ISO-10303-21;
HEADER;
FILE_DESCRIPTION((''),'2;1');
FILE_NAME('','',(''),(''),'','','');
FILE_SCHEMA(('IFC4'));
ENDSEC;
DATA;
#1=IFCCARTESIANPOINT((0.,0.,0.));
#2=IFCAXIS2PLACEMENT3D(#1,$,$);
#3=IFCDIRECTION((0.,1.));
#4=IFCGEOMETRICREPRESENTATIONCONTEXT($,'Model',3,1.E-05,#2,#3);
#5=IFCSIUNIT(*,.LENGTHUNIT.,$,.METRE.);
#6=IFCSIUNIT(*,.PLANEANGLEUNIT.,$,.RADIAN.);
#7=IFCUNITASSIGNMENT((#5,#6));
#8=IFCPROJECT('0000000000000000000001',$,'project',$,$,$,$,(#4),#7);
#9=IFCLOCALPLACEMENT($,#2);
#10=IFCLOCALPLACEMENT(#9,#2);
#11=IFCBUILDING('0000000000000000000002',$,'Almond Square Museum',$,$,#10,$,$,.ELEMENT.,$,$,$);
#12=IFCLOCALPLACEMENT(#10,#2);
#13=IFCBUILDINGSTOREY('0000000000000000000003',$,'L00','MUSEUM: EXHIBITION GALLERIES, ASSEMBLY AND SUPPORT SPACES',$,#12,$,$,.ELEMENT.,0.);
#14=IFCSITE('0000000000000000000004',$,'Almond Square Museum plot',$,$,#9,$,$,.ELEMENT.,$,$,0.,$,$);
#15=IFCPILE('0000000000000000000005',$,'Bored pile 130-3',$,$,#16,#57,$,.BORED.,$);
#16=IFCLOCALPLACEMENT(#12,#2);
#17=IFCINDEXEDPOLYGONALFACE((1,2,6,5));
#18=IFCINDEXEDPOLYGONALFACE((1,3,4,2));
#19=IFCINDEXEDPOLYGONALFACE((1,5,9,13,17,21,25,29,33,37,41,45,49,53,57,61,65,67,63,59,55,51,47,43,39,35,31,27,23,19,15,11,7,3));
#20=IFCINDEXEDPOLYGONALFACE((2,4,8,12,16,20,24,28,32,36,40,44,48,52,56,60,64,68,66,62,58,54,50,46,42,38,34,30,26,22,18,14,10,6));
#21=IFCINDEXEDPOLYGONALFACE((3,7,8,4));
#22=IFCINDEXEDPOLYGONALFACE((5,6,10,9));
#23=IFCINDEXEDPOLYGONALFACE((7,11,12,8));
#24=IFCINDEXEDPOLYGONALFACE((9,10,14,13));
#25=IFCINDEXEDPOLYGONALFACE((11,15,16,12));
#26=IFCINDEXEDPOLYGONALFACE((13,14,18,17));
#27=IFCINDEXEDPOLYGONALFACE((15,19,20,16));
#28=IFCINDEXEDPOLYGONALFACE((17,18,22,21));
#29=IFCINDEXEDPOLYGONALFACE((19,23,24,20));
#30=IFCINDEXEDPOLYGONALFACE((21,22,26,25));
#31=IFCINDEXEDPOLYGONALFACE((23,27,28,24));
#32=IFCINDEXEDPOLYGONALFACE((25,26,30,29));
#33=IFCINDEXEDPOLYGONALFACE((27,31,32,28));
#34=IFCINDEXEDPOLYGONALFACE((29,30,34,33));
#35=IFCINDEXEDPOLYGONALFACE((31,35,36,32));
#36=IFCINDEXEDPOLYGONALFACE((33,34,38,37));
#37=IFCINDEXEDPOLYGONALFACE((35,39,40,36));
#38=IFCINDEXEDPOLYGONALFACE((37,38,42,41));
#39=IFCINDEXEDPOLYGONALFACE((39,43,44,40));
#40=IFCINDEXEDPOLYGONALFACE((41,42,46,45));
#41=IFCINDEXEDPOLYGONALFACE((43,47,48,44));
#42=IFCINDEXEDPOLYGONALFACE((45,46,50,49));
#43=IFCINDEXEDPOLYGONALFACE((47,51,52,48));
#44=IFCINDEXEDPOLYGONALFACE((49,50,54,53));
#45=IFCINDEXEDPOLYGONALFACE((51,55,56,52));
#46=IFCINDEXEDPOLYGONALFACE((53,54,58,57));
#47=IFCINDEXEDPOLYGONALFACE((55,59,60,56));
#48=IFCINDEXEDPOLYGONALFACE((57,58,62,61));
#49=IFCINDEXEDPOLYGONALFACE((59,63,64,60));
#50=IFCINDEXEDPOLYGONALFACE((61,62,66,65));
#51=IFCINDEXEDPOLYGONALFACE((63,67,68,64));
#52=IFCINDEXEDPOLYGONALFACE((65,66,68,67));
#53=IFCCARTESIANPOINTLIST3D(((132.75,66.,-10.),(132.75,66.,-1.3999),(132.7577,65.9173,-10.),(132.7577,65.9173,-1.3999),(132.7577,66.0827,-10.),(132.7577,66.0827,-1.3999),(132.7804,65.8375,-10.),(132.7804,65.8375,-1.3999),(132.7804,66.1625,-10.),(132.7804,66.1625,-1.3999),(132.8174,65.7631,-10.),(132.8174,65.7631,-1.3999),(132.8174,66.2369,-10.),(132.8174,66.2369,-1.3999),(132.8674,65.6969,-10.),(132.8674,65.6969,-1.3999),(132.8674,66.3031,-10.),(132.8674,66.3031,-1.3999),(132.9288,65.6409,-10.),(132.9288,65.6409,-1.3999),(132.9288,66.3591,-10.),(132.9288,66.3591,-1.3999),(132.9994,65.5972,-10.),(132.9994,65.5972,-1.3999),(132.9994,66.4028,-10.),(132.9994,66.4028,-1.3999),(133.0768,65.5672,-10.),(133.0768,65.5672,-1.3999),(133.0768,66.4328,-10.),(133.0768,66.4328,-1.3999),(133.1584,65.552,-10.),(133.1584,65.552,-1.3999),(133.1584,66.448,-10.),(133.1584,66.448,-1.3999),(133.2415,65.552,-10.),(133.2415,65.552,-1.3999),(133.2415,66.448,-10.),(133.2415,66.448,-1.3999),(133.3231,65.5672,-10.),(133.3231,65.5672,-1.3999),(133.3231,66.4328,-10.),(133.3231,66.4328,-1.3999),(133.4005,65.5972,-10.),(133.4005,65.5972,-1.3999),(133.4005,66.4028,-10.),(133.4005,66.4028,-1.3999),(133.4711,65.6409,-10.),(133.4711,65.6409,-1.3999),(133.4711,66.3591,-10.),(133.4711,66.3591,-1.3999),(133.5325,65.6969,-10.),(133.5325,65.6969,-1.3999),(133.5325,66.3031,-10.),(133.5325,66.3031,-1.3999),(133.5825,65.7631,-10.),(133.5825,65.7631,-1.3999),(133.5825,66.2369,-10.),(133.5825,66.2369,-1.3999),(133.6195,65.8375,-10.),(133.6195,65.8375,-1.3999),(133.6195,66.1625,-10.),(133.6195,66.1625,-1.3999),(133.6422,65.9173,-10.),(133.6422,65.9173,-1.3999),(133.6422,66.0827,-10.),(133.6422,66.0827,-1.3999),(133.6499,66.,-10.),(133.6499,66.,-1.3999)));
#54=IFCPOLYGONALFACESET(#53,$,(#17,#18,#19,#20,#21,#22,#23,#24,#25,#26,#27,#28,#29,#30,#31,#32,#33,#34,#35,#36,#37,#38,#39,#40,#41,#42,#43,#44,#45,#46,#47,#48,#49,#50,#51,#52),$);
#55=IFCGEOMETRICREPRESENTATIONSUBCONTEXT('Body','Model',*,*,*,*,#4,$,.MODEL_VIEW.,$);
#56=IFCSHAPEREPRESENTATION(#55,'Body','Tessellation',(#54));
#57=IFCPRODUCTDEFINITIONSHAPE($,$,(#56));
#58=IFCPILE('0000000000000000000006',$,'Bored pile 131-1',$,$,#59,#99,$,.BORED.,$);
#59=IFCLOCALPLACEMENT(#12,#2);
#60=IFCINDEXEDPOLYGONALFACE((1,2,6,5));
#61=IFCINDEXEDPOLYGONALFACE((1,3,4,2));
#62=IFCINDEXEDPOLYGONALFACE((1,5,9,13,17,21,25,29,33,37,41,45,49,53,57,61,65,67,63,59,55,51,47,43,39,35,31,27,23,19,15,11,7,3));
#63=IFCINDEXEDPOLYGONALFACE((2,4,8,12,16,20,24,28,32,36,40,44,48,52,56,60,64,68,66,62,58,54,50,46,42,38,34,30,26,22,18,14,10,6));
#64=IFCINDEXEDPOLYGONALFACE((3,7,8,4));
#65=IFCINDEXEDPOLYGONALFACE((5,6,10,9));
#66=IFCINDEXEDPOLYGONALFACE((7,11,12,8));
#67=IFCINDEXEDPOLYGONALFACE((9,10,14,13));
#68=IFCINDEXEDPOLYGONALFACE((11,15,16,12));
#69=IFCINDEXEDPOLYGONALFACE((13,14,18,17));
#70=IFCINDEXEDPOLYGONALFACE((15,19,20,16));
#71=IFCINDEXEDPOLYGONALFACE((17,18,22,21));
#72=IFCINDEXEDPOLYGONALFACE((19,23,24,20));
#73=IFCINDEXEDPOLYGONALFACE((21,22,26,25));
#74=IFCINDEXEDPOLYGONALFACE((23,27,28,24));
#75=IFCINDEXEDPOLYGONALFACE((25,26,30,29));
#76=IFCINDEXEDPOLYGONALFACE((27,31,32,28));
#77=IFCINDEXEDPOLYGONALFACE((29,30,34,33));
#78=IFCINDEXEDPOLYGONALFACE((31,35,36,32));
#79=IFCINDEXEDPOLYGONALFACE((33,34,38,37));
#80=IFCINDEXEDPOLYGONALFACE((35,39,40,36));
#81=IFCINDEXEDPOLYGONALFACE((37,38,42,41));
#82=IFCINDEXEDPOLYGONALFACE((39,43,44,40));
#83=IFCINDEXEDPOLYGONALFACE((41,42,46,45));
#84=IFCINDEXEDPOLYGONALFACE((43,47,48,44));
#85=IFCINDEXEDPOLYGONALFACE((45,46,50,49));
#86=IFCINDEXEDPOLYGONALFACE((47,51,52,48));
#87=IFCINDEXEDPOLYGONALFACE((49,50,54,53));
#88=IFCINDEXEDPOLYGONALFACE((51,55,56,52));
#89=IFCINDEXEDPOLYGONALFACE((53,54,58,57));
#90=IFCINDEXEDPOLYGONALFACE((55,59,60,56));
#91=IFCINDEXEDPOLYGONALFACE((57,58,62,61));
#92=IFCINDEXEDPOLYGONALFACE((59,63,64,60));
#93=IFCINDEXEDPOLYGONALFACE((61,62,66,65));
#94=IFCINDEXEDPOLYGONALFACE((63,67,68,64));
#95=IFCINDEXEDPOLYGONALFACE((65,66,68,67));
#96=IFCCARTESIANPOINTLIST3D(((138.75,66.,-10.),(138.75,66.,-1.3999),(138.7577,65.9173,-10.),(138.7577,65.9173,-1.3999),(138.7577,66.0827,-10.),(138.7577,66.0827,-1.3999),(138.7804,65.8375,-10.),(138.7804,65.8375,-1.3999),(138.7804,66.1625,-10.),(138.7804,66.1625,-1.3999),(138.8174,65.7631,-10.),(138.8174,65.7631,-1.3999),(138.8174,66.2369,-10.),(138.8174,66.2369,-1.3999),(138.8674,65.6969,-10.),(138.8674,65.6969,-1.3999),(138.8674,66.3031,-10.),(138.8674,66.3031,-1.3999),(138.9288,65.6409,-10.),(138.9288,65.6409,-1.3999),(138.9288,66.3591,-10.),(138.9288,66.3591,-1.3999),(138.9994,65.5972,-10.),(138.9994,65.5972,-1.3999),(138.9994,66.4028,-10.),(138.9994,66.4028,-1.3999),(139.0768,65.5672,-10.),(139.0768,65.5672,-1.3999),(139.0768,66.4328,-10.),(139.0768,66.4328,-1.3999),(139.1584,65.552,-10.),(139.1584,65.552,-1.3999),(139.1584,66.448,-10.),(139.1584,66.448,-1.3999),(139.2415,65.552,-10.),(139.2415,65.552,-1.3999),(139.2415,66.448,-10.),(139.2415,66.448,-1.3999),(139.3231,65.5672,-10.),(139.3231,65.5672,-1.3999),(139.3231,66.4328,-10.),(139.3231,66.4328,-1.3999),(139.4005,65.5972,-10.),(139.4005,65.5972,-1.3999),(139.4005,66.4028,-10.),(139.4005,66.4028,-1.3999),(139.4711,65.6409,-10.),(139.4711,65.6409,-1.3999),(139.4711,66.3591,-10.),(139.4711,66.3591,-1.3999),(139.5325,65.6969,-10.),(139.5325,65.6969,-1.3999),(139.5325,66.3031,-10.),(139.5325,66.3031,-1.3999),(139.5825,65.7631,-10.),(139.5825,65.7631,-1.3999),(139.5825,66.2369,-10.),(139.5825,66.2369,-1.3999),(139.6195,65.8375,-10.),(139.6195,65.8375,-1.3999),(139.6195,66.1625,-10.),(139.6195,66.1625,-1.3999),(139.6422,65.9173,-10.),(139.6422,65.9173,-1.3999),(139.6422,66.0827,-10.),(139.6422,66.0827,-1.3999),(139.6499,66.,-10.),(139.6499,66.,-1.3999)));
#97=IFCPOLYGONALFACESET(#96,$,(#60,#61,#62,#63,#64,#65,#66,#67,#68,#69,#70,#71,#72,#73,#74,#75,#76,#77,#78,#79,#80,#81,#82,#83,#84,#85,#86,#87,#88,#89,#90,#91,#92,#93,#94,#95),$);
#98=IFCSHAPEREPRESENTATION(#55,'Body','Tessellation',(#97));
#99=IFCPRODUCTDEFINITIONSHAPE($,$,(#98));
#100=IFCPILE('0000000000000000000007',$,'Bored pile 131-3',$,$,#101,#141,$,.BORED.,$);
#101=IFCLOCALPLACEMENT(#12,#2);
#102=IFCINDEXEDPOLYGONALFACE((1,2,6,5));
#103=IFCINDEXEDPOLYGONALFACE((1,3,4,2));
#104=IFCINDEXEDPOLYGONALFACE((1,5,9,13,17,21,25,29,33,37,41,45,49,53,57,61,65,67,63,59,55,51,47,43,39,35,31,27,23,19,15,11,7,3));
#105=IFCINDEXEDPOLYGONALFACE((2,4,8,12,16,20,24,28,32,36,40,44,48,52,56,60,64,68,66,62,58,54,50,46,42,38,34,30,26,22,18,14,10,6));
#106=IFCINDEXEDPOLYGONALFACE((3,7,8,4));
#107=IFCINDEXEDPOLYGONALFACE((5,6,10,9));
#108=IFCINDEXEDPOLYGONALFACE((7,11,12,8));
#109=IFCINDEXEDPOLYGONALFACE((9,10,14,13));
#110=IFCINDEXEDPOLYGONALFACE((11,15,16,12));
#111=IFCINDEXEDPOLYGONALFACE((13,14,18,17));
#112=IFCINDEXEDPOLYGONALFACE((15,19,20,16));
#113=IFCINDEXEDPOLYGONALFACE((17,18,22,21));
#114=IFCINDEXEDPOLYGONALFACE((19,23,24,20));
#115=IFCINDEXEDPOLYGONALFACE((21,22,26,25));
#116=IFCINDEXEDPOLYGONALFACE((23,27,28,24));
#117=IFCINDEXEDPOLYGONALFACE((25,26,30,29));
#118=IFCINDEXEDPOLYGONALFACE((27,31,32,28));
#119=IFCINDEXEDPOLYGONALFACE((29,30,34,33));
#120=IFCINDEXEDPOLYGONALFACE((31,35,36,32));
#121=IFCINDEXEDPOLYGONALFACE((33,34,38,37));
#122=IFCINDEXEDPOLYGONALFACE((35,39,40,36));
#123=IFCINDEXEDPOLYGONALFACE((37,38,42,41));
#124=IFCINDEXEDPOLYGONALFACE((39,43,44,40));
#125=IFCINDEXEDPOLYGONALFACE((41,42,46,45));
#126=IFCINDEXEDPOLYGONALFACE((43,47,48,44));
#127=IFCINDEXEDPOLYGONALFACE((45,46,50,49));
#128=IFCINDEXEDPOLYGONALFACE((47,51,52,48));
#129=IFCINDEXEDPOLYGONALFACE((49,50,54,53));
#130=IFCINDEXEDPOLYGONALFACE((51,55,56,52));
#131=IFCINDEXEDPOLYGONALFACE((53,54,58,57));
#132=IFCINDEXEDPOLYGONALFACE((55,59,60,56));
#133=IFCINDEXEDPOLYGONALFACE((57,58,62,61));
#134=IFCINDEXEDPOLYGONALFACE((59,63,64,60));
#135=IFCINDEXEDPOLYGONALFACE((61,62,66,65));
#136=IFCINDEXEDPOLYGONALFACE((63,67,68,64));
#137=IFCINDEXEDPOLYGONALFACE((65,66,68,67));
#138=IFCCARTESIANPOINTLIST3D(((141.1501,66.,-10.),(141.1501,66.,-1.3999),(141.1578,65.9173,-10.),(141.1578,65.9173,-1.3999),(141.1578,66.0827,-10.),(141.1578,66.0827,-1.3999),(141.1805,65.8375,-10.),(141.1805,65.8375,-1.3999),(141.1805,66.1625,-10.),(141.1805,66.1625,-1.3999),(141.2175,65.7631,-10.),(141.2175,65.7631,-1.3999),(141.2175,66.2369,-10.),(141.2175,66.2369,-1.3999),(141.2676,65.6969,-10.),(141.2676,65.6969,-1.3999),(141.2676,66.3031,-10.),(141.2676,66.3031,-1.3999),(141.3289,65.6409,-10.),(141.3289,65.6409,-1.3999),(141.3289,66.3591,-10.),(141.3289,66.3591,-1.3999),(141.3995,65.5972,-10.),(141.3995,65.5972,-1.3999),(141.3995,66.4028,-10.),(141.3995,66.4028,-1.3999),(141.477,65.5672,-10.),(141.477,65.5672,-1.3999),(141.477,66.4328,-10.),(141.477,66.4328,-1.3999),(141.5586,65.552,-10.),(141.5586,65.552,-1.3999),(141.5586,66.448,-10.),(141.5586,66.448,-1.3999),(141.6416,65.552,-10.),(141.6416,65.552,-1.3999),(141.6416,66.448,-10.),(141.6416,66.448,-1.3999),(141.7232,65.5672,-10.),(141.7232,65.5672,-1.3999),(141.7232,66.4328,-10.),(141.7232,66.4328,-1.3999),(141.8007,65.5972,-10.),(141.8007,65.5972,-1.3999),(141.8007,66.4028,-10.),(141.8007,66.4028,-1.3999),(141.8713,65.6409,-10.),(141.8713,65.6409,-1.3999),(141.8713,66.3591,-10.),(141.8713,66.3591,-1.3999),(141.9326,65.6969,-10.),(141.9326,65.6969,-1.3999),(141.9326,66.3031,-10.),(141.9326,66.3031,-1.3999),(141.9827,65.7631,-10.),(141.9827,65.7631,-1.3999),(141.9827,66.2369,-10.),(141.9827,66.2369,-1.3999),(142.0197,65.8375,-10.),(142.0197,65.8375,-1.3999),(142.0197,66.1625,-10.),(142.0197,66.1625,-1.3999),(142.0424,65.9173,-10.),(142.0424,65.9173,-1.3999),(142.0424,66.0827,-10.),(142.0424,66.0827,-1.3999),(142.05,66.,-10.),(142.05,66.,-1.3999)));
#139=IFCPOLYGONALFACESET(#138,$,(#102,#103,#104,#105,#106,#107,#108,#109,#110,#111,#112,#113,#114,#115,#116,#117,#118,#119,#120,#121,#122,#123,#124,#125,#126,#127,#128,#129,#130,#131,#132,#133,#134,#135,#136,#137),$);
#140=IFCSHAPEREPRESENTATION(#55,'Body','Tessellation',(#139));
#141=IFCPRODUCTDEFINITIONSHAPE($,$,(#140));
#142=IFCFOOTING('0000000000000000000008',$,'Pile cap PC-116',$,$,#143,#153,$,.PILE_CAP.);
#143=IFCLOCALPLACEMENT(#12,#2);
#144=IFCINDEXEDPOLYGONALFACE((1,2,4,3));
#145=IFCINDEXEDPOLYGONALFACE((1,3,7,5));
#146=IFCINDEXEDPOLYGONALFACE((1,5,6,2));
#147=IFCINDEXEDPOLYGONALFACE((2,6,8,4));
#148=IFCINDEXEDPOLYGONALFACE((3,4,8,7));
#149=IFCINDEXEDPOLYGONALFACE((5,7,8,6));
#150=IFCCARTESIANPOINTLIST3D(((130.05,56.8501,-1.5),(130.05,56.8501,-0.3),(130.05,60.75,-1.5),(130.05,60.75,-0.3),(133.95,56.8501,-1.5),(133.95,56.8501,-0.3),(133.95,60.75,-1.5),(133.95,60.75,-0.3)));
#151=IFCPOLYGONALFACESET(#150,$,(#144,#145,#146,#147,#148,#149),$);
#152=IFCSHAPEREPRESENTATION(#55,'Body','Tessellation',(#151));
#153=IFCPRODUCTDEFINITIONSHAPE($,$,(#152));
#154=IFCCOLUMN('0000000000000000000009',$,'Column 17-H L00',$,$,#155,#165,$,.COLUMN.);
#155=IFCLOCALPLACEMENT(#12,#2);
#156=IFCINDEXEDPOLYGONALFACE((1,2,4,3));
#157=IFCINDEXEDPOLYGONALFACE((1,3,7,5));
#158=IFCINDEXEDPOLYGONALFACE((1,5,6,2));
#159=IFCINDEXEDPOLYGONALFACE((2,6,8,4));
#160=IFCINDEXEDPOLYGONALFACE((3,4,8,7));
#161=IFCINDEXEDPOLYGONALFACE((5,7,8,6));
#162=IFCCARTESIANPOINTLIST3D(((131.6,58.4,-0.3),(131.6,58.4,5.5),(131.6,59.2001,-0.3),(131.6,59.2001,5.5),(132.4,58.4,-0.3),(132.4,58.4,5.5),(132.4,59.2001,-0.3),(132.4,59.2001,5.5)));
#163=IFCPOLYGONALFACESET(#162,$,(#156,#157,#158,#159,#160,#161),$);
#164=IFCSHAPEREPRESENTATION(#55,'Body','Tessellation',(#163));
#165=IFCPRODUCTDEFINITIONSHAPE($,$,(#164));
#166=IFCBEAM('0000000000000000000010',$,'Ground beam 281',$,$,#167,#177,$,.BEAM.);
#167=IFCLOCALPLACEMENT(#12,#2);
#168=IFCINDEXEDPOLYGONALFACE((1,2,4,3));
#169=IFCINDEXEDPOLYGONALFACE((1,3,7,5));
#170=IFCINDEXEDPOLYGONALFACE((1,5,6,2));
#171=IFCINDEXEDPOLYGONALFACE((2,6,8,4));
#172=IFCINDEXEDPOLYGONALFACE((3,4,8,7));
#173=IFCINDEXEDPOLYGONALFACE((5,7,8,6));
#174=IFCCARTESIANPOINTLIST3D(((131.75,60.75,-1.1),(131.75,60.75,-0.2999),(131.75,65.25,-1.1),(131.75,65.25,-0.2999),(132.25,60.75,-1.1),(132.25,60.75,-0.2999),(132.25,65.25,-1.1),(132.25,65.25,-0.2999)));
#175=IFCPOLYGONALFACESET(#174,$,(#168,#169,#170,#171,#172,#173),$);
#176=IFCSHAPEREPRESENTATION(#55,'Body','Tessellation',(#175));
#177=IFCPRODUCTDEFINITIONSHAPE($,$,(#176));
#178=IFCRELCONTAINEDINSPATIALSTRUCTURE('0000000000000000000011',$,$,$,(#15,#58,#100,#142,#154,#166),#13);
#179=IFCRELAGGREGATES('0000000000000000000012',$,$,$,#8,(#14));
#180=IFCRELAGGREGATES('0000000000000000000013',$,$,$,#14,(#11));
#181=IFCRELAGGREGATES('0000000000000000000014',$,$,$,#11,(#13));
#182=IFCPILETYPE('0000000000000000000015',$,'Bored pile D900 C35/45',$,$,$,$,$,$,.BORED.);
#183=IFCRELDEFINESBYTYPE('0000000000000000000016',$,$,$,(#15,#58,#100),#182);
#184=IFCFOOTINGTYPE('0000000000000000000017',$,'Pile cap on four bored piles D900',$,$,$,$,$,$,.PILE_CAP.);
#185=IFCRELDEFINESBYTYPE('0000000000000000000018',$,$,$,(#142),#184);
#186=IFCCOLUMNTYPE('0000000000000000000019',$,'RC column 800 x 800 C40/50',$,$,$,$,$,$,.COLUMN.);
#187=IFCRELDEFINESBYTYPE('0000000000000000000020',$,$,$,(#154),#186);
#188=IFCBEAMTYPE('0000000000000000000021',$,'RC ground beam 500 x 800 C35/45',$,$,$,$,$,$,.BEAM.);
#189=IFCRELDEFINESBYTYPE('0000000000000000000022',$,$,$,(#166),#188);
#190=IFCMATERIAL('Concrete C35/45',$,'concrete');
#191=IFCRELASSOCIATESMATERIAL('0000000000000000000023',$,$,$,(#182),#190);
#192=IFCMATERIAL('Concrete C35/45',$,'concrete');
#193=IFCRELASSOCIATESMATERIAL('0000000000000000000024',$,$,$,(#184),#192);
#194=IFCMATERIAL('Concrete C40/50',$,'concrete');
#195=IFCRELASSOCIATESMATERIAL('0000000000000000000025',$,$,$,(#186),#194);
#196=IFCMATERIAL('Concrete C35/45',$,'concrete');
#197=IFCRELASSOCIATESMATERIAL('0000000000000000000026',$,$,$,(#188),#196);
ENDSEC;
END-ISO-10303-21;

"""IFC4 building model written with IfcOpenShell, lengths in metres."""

from ifc_helpers import new_model, si_unit, direction, frame, origin, origin_2d, place, context, subcontext, project, spatial, rectangle, circle, extrude, material, material_profile, profile_set, type_object, element, save


model = new_model("IFC4")

# Units and contexts
model_context = context("Model", 3, precision=1e-05, world=origin(), true_north=direction((0.0, 1.0)))
body_context = subcontext(model_context, "Body", "Model", "MODEL_VIEW")
ifc_project = project(units=[si_unit("LENGTHUNIT", "METRE"), si_unit("PLANEANGLEUNIT", "RADIAN")], contexts=[model_context])

# Site, building, storey
site_placement = place(None, origin())
site = spatial("IfcSite", under=ifc_project, at=site_placement, Name="Almond Square Museum plot", CompositionType="ELEMENT", RefElevation=0.0)
building_placement = place(site_placement, origin())
building = spatial("IfcBuilding", under=site, at=building_placement, Name="Almond Square Museum", CompositionType="ELEMENT")
storey_placement = place(building_placement, origin())
storey = spatial("IfcBuildingStorey", under=building, at=storey_placement, Name="L00", Description="MUSEUM: EXHIBITION GALLERIES, ASSEMBLY AND SUPPORT SPACES", CompositionType="ELEMENT", Elevation=0.0)

# Piles
ifc_material_1 = material(Name="Concrete C35/45", Category="concrete")
ifc_material_profile_1 = material_profile(ifc_material_1, circle(Radius=0.45, at=origin_2d()))
ifc_profile_set_1 = profile_set([ifc_material_profile_1], Name="Concrete C35/45")
pile_type = type_object("IfcPileType", Name="Bored pile D900 C35/45", PredefinedType="BORED", material=ifc_profile_set_1)
for number, where, z_axis, x_axis, name in (
    (1, (133.2, 66.0, -1.3999), (0.0, 0.0, -1.0), (1.0, 0.0, 0.0), "Bored pile 130-3"),
    (2, (139.2, 66.0, -1.3999), (0.0, 0.0, -1.0), (1.0, 0.0, 0.0), "Bored pile 131-1"),
    (3, (141.6001, 66.0, -1.3999), (0.0, 0.0, -1.0), (1.0, 0.0, 0.0), "Bored pile 131-3"),
):
    element("IfcPile", number, at=place(storey_placement, frame(where, z_axis=z_axis, x_axis=x_axis)), inside=storey, type_object=pile_type, Name=name, PredefinedType="BORED", context=body_context, shape_type="SweptSolid", body=[
        extrude(circle(Radius=0.45, at=origin_2d()), origin(), (0.0, 0.0, 1.0), 8.6001),
    ])

# Footing
ifc_material_2 = material(Name="Concrete C35/45", Category="concrete")
footing_type = type_object("IfcFootingType", Name="Pile cap on four bored piles D900", PredefinedType="PILE_CAP", material=ifc_material_2)
footing_placement = place(storey_placement, frame((132.0, 58.8, -1.5), z_axis=(0.0, 0.0, 1.0), x_axis=(1.0, 0.0, 0.0)))
element("IfcFooting", 4, at=footing_placement, inside=storey, type_object=footing_type, Name="Pile cap PC-116", PredefinedType="PILE_CAP", context=body_context, shape_type="SweptSolid", body=[
    extrude(rectangle(XDim=3.8999, YDim=3.8999, at=origin_2d()), origin(), (0.0, 0.0, 1.0), 1.2),
])

# Column
ifc_material_3 = material(Name="Concrete C40/50", Category="concrete")
ifc_material_profile_2 = material_profile(ifc_material_3, rectangle(XDim=0.8, YDim=0.8, at=origin_2d()))
ifc_profile_set_2 = profile_set([ifc_material_profile_2], Name="Concrete C40/50")
column_type = type_object("IfcColumnType", Name="RC column 800 x 800 C40/50", PredefinedType="COLUMN", material=ifc_profile_set_2)
column_placement = place(storey_placement, frame((132.0, 58.8, -0.3), z_axis=(0.0, 0.0, 1.0), x_axis=(1.0, 0.0, 0.0)))
element("IfcColumn", 5, at=column_placement, inside=storey, type_object=column_type, Name="Column 17-H L00", PredefinedType="COLUMN", context=body_context, shape_type="SweptSolid", body=[
    extrude(rectangle(XDim=0.8, YDim=0.8, at=origin_2d()), origin(), (0.0, 0.0, 1.0), 5.8),
])

# Beam
ifc_material_4 = material(Name="Concrete C35/45", Category="concrete")
ifc_material_profile_3 = material_profile(ifc_material_4, rectangle(XDim=0.5, YDim=0.8, at=origin_2d()))
ifc_profile_set_3 = profile_set([ifc_material_profile_3], Name="Concrete C35/45")
beam_type = type_object("IfcBeamType", Name="RC ground beam 500 x 800 C35/45", PredefinedType="BEAM", material=ifc_profile_set_3)
beam_placement = place(storey_placement, frame((132.0, 60.75, -0.7), z_axis=(0.0, 1.0, 0.0), x_axis=(-1.0, 0.0, 0.0)))
element("IfcBeam", 6, at=beam_placement, inside=storey, type_object=beam_type, Name="Ground beam 281", PredefinedType="BEAM", context=body_context, shape_type="SweptSolid", body=[
    extrude(rectangle(XDim=0.5, YDim=0.8, at=origin_2d()), origin(), (0.0, 0.0, 1.0), 4.5),
])

save(model, "model.ifc")
